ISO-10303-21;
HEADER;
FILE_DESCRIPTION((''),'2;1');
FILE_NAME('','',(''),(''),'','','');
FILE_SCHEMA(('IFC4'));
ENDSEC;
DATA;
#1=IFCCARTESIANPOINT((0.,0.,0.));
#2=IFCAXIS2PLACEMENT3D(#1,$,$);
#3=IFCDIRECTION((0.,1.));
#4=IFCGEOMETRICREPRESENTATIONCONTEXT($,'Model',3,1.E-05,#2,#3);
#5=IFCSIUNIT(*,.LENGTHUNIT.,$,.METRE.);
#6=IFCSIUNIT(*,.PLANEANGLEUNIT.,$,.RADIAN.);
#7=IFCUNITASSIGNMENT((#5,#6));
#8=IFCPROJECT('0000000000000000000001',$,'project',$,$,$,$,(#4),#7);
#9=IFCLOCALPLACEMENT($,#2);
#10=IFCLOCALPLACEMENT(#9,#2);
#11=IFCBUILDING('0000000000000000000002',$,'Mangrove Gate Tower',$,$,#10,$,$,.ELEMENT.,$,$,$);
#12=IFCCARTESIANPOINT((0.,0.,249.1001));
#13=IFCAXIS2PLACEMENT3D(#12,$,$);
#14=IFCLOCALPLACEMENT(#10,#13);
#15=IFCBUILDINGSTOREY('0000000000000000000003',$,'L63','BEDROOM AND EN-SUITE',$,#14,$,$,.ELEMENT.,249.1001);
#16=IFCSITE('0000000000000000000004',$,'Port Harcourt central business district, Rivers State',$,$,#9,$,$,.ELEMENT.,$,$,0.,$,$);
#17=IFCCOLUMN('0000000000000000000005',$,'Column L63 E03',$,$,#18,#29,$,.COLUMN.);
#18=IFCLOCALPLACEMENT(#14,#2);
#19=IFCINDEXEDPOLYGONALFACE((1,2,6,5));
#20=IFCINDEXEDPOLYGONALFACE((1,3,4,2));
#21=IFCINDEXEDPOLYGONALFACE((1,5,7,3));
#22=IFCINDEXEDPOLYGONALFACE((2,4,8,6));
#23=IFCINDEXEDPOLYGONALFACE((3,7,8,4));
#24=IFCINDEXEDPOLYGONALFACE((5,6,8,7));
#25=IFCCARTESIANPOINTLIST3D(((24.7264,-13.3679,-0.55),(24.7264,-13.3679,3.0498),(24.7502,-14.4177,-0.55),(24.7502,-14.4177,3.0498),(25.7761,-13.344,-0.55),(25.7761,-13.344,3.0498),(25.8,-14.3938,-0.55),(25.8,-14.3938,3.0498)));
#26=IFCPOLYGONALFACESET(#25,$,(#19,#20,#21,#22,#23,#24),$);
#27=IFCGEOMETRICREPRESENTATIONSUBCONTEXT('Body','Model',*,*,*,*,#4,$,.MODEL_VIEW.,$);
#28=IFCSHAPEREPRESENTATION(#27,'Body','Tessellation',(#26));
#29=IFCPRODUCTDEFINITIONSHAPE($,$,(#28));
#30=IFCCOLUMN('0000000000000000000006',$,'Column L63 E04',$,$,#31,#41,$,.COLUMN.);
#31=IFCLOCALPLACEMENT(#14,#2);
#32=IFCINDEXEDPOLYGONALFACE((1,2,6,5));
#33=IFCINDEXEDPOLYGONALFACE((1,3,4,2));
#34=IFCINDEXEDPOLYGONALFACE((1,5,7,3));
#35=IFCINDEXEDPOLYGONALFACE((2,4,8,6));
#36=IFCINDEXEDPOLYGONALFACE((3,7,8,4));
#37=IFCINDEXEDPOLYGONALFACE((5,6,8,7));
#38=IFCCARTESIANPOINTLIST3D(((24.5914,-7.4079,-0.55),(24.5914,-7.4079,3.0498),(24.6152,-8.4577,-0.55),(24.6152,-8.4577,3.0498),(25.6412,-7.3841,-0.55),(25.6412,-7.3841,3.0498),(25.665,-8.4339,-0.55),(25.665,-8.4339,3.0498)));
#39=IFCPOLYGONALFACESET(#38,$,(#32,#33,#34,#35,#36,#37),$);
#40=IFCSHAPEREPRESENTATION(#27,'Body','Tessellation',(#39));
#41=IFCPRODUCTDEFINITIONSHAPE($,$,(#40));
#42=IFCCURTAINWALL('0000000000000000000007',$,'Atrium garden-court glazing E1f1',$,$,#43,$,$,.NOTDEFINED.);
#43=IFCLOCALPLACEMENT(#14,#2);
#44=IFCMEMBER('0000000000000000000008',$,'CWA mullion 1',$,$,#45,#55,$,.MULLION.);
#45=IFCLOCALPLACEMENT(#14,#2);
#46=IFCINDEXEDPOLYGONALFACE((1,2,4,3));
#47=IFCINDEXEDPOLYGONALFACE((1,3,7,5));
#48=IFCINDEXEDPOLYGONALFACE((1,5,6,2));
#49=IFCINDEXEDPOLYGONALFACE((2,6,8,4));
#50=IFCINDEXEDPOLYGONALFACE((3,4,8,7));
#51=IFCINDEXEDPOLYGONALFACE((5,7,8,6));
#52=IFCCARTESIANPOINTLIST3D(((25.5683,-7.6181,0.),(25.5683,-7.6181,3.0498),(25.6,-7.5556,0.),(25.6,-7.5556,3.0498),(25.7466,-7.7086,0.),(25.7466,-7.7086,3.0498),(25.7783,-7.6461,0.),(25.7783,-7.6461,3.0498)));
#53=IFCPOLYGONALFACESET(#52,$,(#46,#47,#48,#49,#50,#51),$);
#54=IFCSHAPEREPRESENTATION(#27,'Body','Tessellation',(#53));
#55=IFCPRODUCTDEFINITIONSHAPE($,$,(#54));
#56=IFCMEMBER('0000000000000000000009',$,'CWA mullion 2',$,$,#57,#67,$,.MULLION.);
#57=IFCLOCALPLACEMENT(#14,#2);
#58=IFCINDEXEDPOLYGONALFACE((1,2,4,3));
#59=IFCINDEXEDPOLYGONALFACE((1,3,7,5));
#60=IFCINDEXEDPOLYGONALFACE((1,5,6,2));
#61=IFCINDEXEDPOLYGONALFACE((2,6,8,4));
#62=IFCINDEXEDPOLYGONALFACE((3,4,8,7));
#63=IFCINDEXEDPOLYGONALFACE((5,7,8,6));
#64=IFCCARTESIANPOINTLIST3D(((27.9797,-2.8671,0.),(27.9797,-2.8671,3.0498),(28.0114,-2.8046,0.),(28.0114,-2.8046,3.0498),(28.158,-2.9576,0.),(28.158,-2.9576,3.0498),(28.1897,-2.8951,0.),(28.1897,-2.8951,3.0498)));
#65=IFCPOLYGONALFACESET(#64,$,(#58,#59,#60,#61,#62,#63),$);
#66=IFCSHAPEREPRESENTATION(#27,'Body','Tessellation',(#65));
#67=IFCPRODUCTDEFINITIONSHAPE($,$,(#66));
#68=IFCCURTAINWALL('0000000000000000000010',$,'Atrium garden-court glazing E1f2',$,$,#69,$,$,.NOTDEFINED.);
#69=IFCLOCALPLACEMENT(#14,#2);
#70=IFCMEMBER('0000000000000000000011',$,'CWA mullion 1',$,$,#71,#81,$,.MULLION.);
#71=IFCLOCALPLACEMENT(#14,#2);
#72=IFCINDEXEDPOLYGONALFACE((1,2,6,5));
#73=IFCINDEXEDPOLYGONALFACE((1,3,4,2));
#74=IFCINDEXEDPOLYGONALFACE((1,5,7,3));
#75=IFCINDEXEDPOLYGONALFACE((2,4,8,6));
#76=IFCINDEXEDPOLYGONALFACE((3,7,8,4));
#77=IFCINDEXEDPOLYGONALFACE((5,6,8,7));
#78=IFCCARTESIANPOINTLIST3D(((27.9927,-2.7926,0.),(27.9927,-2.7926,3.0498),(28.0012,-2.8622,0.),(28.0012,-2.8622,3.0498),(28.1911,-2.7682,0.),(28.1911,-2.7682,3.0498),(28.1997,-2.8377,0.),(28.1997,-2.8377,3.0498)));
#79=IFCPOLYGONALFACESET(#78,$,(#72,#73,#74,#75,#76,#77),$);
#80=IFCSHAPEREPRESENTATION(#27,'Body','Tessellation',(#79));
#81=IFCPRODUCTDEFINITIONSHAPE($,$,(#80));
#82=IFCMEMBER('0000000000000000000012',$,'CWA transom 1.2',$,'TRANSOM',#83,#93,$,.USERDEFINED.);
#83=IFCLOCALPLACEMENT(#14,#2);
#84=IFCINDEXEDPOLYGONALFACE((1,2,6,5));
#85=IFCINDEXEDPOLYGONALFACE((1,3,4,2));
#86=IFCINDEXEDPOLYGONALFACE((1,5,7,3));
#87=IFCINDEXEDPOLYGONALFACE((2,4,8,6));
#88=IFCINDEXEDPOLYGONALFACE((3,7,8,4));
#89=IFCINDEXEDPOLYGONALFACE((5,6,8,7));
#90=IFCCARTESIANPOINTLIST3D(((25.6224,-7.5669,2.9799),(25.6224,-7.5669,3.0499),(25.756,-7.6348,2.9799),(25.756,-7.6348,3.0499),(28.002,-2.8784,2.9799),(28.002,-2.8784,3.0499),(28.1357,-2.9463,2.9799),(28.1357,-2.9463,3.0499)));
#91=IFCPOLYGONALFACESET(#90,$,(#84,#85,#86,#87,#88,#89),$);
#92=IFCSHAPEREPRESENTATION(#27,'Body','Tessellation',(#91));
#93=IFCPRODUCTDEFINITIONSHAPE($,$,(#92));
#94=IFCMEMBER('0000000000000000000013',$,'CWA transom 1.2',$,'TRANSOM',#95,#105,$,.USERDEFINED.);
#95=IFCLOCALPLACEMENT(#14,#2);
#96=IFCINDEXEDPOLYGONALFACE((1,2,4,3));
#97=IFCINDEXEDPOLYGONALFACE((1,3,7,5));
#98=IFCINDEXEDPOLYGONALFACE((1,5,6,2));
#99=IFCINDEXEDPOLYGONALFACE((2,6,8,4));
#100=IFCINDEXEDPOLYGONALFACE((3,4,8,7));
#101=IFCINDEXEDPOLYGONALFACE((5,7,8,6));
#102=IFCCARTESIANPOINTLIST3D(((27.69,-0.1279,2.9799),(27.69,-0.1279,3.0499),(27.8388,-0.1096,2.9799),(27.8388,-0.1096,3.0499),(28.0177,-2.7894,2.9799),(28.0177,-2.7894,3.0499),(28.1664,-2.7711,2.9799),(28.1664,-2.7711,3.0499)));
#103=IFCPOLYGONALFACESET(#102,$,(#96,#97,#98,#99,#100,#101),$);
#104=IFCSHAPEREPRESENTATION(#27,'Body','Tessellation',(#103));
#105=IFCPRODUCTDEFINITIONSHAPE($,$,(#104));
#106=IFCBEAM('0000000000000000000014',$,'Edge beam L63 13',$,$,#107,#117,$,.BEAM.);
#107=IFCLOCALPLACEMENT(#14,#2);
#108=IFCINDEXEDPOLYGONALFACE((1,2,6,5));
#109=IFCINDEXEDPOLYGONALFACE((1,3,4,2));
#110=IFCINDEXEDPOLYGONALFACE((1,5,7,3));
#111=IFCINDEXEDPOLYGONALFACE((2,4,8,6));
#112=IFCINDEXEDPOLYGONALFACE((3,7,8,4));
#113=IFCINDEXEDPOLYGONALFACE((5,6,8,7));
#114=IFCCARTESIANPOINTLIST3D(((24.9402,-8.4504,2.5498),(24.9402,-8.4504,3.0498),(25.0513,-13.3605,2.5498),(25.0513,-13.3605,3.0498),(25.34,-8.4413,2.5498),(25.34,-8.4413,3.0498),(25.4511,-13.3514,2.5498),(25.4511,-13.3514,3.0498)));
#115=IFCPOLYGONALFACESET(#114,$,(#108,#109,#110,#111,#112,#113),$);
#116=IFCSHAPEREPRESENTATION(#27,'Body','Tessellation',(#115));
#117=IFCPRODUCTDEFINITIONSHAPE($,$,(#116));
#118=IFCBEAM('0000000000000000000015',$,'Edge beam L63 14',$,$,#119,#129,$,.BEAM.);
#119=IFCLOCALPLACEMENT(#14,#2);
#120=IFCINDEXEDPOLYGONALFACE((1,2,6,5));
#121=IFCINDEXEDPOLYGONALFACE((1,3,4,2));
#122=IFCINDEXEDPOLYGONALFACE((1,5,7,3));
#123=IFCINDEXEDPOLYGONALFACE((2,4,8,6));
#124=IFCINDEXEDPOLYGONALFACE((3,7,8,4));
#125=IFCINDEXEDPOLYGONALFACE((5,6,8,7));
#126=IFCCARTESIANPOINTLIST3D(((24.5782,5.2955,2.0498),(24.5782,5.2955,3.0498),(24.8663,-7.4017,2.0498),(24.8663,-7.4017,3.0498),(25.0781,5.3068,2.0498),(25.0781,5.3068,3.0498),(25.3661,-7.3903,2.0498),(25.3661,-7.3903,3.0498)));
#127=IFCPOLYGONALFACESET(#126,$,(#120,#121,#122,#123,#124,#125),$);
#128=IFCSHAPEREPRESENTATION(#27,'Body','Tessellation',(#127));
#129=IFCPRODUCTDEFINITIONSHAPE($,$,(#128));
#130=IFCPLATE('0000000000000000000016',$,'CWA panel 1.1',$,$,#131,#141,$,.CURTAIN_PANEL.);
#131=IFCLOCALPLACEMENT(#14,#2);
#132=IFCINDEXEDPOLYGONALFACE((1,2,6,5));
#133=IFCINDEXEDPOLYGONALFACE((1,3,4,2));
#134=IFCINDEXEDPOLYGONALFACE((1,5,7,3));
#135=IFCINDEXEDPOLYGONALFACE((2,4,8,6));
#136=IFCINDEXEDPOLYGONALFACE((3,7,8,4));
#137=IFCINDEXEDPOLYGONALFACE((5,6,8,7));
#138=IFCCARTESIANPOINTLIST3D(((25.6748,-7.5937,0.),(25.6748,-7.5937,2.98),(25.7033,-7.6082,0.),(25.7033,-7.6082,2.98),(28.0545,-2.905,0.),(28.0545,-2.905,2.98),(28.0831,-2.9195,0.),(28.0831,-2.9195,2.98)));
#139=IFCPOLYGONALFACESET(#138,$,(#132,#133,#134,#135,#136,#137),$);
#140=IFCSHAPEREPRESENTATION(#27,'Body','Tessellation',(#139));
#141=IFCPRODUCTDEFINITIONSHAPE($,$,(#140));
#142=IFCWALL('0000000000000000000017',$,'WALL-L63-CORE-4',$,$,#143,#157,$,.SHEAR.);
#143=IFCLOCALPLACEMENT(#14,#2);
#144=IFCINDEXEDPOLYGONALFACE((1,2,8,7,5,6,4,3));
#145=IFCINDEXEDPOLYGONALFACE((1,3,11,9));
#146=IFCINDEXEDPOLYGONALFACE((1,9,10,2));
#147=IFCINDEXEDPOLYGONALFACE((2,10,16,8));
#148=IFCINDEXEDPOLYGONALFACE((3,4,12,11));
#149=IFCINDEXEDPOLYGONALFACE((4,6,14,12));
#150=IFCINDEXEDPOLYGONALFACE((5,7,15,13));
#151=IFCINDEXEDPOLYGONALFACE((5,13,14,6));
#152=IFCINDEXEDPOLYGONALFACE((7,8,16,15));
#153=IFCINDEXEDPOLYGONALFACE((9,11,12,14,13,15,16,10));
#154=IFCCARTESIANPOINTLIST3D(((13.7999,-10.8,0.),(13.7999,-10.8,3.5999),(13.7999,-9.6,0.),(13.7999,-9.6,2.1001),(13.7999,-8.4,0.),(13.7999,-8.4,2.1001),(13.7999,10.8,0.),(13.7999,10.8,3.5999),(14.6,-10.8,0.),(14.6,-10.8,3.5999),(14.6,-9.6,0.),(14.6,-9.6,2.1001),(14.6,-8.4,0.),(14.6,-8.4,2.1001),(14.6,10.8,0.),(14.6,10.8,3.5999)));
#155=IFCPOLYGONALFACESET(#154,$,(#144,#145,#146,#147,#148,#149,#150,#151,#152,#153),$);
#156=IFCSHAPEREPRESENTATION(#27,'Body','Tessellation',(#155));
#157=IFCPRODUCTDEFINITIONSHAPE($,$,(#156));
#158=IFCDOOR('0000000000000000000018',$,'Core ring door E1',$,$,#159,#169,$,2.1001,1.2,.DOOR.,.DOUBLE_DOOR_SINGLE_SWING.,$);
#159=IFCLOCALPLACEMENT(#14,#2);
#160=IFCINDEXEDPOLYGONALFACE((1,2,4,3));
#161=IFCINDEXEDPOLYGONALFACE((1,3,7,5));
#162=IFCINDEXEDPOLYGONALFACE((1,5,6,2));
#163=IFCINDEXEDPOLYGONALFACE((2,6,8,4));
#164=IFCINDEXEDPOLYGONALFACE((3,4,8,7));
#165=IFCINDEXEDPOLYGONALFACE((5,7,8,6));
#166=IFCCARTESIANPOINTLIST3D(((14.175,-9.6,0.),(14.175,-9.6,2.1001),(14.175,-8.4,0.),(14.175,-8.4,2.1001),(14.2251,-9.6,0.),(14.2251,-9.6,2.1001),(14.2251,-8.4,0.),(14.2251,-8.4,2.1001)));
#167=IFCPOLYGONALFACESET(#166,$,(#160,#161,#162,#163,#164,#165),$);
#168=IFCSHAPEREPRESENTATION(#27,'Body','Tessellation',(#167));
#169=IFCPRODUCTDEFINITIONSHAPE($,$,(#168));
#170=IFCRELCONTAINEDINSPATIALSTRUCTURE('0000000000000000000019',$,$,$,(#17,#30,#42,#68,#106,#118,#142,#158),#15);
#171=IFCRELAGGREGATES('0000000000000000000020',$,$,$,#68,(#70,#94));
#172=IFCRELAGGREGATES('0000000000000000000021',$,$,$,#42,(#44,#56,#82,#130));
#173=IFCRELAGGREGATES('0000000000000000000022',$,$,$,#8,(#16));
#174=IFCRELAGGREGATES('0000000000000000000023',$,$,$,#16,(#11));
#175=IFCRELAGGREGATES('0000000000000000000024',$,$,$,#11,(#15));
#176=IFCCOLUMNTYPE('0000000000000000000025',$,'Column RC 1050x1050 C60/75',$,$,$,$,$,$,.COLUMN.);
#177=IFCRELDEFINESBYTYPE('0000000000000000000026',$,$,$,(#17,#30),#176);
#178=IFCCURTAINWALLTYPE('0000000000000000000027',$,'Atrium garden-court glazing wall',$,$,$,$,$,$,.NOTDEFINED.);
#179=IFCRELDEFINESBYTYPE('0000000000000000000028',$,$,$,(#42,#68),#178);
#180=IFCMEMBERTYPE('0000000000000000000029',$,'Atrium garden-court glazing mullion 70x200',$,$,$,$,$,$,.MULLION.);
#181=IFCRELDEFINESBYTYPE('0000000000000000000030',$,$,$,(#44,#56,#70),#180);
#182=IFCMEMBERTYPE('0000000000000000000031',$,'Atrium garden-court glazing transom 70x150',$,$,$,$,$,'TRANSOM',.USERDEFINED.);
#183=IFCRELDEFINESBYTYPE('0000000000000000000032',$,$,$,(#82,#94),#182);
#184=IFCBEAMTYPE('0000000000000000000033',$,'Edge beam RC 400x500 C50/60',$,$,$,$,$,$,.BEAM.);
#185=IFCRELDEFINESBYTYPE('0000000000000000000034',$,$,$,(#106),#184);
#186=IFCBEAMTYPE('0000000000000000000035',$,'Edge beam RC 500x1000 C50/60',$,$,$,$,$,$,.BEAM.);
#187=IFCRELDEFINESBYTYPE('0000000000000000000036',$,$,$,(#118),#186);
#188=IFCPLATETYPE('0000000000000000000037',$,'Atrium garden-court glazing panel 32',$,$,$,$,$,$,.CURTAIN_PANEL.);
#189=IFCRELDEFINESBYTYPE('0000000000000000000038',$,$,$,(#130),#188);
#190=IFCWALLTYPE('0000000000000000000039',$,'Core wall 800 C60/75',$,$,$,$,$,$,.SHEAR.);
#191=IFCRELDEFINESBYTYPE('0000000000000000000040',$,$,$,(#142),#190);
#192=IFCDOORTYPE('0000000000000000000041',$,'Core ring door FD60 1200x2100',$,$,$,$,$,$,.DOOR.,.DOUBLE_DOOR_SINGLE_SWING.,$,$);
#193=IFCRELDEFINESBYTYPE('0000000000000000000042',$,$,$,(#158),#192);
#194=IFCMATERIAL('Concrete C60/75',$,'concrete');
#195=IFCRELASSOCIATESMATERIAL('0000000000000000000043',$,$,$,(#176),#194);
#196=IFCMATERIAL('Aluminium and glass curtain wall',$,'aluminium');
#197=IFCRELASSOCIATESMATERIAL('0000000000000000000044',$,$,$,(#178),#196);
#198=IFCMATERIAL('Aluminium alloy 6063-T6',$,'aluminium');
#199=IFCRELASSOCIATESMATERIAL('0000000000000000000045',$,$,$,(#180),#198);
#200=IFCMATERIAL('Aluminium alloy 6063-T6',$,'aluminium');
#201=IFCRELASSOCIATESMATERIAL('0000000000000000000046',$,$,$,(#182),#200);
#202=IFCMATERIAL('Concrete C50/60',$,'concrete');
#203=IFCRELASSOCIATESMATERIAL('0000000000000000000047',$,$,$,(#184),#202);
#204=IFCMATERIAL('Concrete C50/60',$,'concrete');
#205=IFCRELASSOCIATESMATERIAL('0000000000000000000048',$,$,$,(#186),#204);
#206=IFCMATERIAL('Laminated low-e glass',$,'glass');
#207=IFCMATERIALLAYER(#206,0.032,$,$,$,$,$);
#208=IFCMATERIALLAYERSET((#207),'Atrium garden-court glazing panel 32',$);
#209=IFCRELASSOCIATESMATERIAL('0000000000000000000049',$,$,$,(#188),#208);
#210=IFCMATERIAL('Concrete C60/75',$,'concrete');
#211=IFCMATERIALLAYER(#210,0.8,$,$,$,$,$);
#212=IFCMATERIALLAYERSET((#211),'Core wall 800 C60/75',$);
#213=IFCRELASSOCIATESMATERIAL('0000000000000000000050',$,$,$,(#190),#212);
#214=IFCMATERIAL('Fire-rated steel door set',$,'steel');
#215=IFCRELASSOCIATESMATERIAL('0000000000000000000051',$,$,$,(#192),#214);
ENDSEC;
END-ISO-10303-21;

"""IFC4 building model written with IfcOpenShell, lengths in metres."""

from ifc_helpers import new_model, si_unit, direction, frame, frame_2d, origin, origin_2d, place, context, subcontext, project, spatial, rectangle, extrude, material, layer, layer_set, material_profile, profile_set, type_object, element, fill, aggregate, save


model = new_model("IFC4")

# Units and contexts
model_context = context("Model", 3, precision=1e-05, world=origin(), true_north=direction((0.0, 1.0)))
body_context = subcontext(model_context, "Body", "Model", "MODEL_VIEW")
ifc_project = project(units=[si_unit("LENGTHUNIT", "METRE"), si_unit("PLANEANGLEUNIT", "RADIAN")], contexts=[model_context])

# Site, building, storey
site_placement = place(None, origin())
site = spatial("IfcSite", under=ifc_project, at=site_placement, Name="Port Harcourt central business district, Rivers State", CompositionType="ELEMENT", RefElevation=0.0)
building_placement = place(site_placement, origin())
building = spatial("IfcBuilding", under=site, at=building_placement, Name="Mangrove Gate Tower", CompositionType="ELEMENT")
storey_placement = place(building_placement, frame((0.0, 0.0, 249.1001)))
storey = spatial("IfcBuildingStorey", under=building, at=storey_placement, Name="L63", Description="BEDROOM AND EN-SUITE", CompositionType="ELEMENT", Elevation=249.1001)

# Columns
ifc_material_1 = material(Name="Concrete C60/75", Category="concrete")
ifc_material_profile_1 = material_profile(ifc_material_1, rectangle(XDim=1.05, YDim=1.05, at=origin_2d()))
ifc_profile_set_1 = profile_set([ifc_material_profile_1], Name="Concrete C60/75")
column_type = type_object("IfcColumnType", Name="Column RC 1050x1050 C60/75", PredefinedType="COLUMN", material=ifc_profile_set_1)
for number, where, z_axis, x_axis, name in (
    (1, (25.2632, -13.8809, -0.55), (0.0, 0.0, 1.0), (-0.022727, 0.999742, 0.0), "Column L63 E03"),
    (2, (25.1282, -7.9209, -0.55), (0.0, 0.0, 1.0), (-0.022676, 0.999743, 0.0), "Column L63 E04"),
):
    element("IfcColumn", number, at=place(storey_placement, frame(where, z_axis=z_axis, x_axis=x_axis)), inside=storey, type_object=column_type, Name=name, PredefinedType="COLUMN", context=body_context, shape_type="SweptSolid", body=[
        extrude(rectangle(XDim=1.05, YDim=1.05, at=origin_2d()), origin(), (0.0, 0.0, 1.0), 3.5999),
    ])

# Curtain wall, members
ifc_material_2 = material(Name="Aluminium and glass curtain wall", Category="aluminium")
curtain_wall_type = type_object("IfcCurtainWallType", Name="Atrium garden-court glazing wall", PredefinedType="NOTDEFINED", material=ifc_material_2)
curtain_wall_1_placement = place(storey_placement, origin())
curtain_wall_1 = element("IfcCurtainWall", 3, at=curtain_wall_1_placement, inside=storey, type_object=curtain_wall_type, Name="Atrium garden-court glazing E1f1", PredefinedType="NOTDEFINED")
ifc_material_3 = material(Name="Aluminium alloy 6063-T6", Category="aluminium")
ifc_material_profile_2 = material_profile(ifc_material_3, rectangle(XDim=0.0701, YDim=0.2, at=origin_2d()))
ifc_profile_set_2 = profile_set([ifc_material_profile_2], Name="Aluminium alloy 6063-T6")
member_type_1 = type_object("IfcMemberType", Name="Atrium garden-court glazing mullion 70x200", PredefinedType="MULLION", material=ifc_profile_set_2)
member_1_placement = place(storey_placement, frame((25.6733, -7.6321, 0.0), z_axis=(0.0, 0.0, 1.0), x_axis=(0.452598, 0.891715, 0.0)))
member_1 = element("IfcMember", 4, at=member_1_placement, type_object=member_type_1, Name="CWA mullion 1", PredefinedType="MULLION", context=body_context, shape_type="SweptSolid", body=[
    extrude(rectangle(XDim=0.0701, YDim=0.2, at=origin_2d()), origin(), (0.0, 0.0, 1.0), 3.0498),
])
member_2_placement = place(storey_placement, frame((28.0847, -2.8811, 0.0), z_axis=(0.0, 0.0, 1.0), x_axis=(0.452598, 0.891715, 0.0)))
member_2 = element("IfcMember", 5, at=member_2_placement, type_object=member_type_1, Name="CWA mullion 2", PredefinedType="MULLION", context=body_context, shape_type="SweptSolid", body=[
    extrude(rectangle(XDim=0.0701, YDim=0.2, at=origin_2d()), origin(), (0.0, 0.0, 1.0), 3.0498),
])

# Curtain wall, member
curtain_wall_2_placement = place(storey_placement, origin())
curtain_wall_2 = element("IfcCurtainWall", 6, at=curtain_wall_2_placement, inside=storey, type_object=curtain_wall_type, Name="Atrium garden-court glazing E1f2", PredefinedType="NOTDEFINED")
member_3_placement = place(storey_placement, frame((28.0962, -2.8152, 0.0), z_axis=(0.0, 0.0, 1.0), x_axis=(-0.122172, 0.992509, 0.0)))
member_3 = element("IfcMember", 7, at=member_3_placement, type_object=member_type_1, Name="CWA mullion 1", PredefinedType="MULLION", context=body_context, shape_type="SweptSolid", body=[
    extrude(rectangle(XDim=0.0701, YDim=0.2, at=origin_2d()), origin(), (0.0, 0.0, 1.0), 3.0498),
])

# Members
ifc_material_4 = material(Name="Aluminium alloy 6063-T6", Category="aluminium")
ifc_material_profile_3 = material_profile(ifc_material_4, rectangle(XDim=0.0701, YDim=0.1499, at=origin_2d()))
ifc_profile_set_3 = profile_set([ifc_material_profile_3], Name="Aluminium alloy 6063-T6")
member_type_2 = type_object("IfcMemberType", Name="Atrium garden-court glazing transom 70x150", ElementType="TRANSOM", PredefinedType="USERDEFINED", material=ifc_profile_set_3)
member_4_placement = place(storey_placement, frame((25.6892, -7.6008, 3.0149), z_axis=(0.452592, 0.891718, 0.0), x_axis=(0.0, 0.0, 1.0)))
member_4 = element("IfcMember", 8, at=member_4_placement, type_object=member_type_2, Name="CWA transom 1.2", ObjectType="TRANSOM", PredefinedType="USERDEFINED", context=body_context, shape_type="SweptSolid", body=[
    extrude(rectangle(XDim=0.0701, YDim=0.1499, at=origin_2d()), origin(), (0.0, 0.0, 1.0), 5.2578),
])
member_5_placement = place(storey_placement, frame((28.092, -2.7803, 3.0149), z_axis=(-0.122175, 0.992509, 0.0), x_axis=(0.0, 0.0, 1.0)))
member_5 = element("IfcMember", 9, at=member_5_placement, type_object=member_type_2, Name="CWA transom 1.2", ObjectType="TRANSOM", PredefinedType="USERDEFINED", context=body_context, shape_type="SweptSolid", body=[
    extrude(rectangle(XDim=0.0701, YDim=0.1499, at=origin_2d()), origin(), (0.0, 0.0, 1.0), 2.6816),
])
aggregate(curtain_wall_2, [member_3, member_5])

# Beams
ifc_material_5 = material(Name="Concrete C50/60", Category="concrete")
ifc_material_profile_4 = material_profile(ifc_material_5, rectangle(XDim=0.3999, YDim=0.5, at=origin_2d()))
ifc_profile_set_4 = profile_set([ifc_material_profile_4], Name="Concrete C50/60")
beam_type_1 = type_object("IfcBeamType", Name="Edge beam RC 400x500 C50/60", PredefinedType="BEAM", material=ifc_profile_set_4)
beam_1_placement = place(storey_placement, frame((25.2512, -13.356, 2.7998), z_axis=(-0.022618, 0.999744, 0.0), x_axis=(-0.999744, -0.022618, 0.0)))
element("IfcBeam", 10, at=beam_1_placement, inside=storey, type_object=beam_type_1, Name="Edge beam L63 13", PredefinedType="BEAM", context=body_context, shape_type="SweptSolid", body=[
    extrude(rectangle(XDim=0.3999, YDim=0.5, at=origin_2d()), origin(), (0.0, 0.0, 1.0), 4.9114),
])
ifc_material_6 = material(Name="Concrete C50/60", Category="concrete")
ifc_material_profile_5 = material_profile(ifc_material_6, rectangle(XDim=0.5, YDim=1.0, at=origin_2d()))
ifc_profile_set_5 = profile_set([ifc_material_profile_5], Name="Concrete C50/60")
beam_type_2 = type_object("IfcBeamType", Name="Edge beam RC 500x1000 C50/60", PredefinedType="BEAM", material=ifc_profile_set_5)
beam_2_placement = place(storey_placement, frame((25.1162, -7.396, 2.5498), z_axis=(-0.022683, 0.999743, 0.0), x_axis=(-0.999743, -0.022683, 0.0)))
element("IfcBeam", 11, at=beam_2_placement, inside=storey, type_object=beam_type_2, Name="Edge beam L63 14", PredefinedType="BEAM", context=body_context, shape_type="SweptSolid", body=[
    extrude(rectangle(XDim=0.5, YDim=1.0, at=origin_2d()), origin(), (0.0, 0.0, 1.0), 12.7004),
])

# Plate
ifc_material_7 = material(Name="Laminated low-e glass", Category="glass")
ifc_layer_1 = layer(ifc_material_7, 0.032)
ifc_layer_set_1 = layer_set([ifc_layer_1], Name="Atrium garden-court glazing panel 32")
plate_type = type_object("IfcPlateType", Name="Atrium garden-court glazing panel 32", PredefinedType="CURTAIN_PANEL", material=ifc_layer_set_1)
plate_placement = place(storey_placement, frame((26.8789, -5.2566, 0.0), z_axis=(0.0, 0.0, 1.0), x_axis=(0.452598, 0.891715, 0.0)))
plate = element("IfcPlate", 12, at=plate_placement, type_object=plate_type, Name="CWA panel 1.1", PredefinedType="CURTAIN_PANEL", context=body_context, shape_type="SweptSolid", body=[
    extrude(rectangle(XDim=5.2581, YDim=0.032, at=origin_2d()), origin(), (0.0, 0.0, 1.0), 2.98),
])
aggregate(curtain_wall_1, [member_1, member_2, member_4, plate])

# Wall, opening, door
ifc_material_8 = material(Name="Concrete C60/75", Category="concrete")
ifc_layer_2 = layer(ifc_material_8, 0.8)
ifc_layer_set_2 = layer_set([ifc_layer_2], Name="Core wall 800 C60/75")
wall_type_1 = type_object("IfcWallType", Name="Core wall 800 C60/75", PredefinedType="SHEAR", material=ifc_layer_set_2)
wall_1_placement = place(storey_placement, frame((14.2, -10.8, 0.0), z_axis=(0.0, 0.0, 1.0), x_axis=(0.0, 1.0, 0.0)))
wall_1 = element("IfcWall", 13, at=wall_1_placement, inside=storey, type_object=wall_type_1, Name="WALL-L63-CORE-4", PredefinedType="SHEAR", context=body_context, shape_type="SweptSolid", body=[
    extrude(rectangle(XDim=21.6001, YDim=0.8, at=frame_2d((10.8, 0.0))), origin(), (0.0, 0.0, 1.0), 3.5999),
])
opening_1_placement = place(wall_1_placement, frame((1.2, 0.0, 0.0)))
opening_1 = element("IfcOpeningElement", 14, at=opening_1_placement, cuts=wall_1, PredefinedType="OPENING", context=body_context, shape_type="SweptSolid", body=[
    extrude(rectangle(XDim=1.2, YDim=2.1001, at=frame_2d((0.6001, 1.05))), frame((0.0, 0.4099, 0.0), z_axis=(0.0, -1.0, 0.0), x_axis=(1.0, 0.0, 0.0)), (0.0, 0.0, 1.0), 0.8201),
])
ifc_material_9 = material(Name="Fire-rated steel door set", Category="steel")
door_type_1 = type_object("IfcDoorType", Name="Core ring door FD60 1200x2100", OperationType="DOUBLE_DOOR_SINGLE_SWING", PredefinedType="DOOR", material=ifc_material_9)
door_1_placement = place(opening_1_placement, origin())
door_1 = element("IfcDoor", 15, at=door_1_placement, inside=storey, type_object=door_type_1, Name="Core ring door E1", OperationType="DOUBLE_DOOR_SINGLE_SWING", OverallHeight=2.1001, OverallWidth=1.2, PredefinedType="DOOR", context=body_context, shape_type="SweptSolid", body=[
    extrude(rectangle(XDim=1.2, YDim=2.1001, at=frame_2d((0.6001, 1.05))), frame((0.0, 0.0249, 0.0), z_axis=(0.0, -1.0, 0.0), x_axis=(1.0, 0.0, 0.0)), (0.0, 0.0, 1.0), 0.05),
])
fill(opening_1, door_1)

save(model, "model.ifc")
